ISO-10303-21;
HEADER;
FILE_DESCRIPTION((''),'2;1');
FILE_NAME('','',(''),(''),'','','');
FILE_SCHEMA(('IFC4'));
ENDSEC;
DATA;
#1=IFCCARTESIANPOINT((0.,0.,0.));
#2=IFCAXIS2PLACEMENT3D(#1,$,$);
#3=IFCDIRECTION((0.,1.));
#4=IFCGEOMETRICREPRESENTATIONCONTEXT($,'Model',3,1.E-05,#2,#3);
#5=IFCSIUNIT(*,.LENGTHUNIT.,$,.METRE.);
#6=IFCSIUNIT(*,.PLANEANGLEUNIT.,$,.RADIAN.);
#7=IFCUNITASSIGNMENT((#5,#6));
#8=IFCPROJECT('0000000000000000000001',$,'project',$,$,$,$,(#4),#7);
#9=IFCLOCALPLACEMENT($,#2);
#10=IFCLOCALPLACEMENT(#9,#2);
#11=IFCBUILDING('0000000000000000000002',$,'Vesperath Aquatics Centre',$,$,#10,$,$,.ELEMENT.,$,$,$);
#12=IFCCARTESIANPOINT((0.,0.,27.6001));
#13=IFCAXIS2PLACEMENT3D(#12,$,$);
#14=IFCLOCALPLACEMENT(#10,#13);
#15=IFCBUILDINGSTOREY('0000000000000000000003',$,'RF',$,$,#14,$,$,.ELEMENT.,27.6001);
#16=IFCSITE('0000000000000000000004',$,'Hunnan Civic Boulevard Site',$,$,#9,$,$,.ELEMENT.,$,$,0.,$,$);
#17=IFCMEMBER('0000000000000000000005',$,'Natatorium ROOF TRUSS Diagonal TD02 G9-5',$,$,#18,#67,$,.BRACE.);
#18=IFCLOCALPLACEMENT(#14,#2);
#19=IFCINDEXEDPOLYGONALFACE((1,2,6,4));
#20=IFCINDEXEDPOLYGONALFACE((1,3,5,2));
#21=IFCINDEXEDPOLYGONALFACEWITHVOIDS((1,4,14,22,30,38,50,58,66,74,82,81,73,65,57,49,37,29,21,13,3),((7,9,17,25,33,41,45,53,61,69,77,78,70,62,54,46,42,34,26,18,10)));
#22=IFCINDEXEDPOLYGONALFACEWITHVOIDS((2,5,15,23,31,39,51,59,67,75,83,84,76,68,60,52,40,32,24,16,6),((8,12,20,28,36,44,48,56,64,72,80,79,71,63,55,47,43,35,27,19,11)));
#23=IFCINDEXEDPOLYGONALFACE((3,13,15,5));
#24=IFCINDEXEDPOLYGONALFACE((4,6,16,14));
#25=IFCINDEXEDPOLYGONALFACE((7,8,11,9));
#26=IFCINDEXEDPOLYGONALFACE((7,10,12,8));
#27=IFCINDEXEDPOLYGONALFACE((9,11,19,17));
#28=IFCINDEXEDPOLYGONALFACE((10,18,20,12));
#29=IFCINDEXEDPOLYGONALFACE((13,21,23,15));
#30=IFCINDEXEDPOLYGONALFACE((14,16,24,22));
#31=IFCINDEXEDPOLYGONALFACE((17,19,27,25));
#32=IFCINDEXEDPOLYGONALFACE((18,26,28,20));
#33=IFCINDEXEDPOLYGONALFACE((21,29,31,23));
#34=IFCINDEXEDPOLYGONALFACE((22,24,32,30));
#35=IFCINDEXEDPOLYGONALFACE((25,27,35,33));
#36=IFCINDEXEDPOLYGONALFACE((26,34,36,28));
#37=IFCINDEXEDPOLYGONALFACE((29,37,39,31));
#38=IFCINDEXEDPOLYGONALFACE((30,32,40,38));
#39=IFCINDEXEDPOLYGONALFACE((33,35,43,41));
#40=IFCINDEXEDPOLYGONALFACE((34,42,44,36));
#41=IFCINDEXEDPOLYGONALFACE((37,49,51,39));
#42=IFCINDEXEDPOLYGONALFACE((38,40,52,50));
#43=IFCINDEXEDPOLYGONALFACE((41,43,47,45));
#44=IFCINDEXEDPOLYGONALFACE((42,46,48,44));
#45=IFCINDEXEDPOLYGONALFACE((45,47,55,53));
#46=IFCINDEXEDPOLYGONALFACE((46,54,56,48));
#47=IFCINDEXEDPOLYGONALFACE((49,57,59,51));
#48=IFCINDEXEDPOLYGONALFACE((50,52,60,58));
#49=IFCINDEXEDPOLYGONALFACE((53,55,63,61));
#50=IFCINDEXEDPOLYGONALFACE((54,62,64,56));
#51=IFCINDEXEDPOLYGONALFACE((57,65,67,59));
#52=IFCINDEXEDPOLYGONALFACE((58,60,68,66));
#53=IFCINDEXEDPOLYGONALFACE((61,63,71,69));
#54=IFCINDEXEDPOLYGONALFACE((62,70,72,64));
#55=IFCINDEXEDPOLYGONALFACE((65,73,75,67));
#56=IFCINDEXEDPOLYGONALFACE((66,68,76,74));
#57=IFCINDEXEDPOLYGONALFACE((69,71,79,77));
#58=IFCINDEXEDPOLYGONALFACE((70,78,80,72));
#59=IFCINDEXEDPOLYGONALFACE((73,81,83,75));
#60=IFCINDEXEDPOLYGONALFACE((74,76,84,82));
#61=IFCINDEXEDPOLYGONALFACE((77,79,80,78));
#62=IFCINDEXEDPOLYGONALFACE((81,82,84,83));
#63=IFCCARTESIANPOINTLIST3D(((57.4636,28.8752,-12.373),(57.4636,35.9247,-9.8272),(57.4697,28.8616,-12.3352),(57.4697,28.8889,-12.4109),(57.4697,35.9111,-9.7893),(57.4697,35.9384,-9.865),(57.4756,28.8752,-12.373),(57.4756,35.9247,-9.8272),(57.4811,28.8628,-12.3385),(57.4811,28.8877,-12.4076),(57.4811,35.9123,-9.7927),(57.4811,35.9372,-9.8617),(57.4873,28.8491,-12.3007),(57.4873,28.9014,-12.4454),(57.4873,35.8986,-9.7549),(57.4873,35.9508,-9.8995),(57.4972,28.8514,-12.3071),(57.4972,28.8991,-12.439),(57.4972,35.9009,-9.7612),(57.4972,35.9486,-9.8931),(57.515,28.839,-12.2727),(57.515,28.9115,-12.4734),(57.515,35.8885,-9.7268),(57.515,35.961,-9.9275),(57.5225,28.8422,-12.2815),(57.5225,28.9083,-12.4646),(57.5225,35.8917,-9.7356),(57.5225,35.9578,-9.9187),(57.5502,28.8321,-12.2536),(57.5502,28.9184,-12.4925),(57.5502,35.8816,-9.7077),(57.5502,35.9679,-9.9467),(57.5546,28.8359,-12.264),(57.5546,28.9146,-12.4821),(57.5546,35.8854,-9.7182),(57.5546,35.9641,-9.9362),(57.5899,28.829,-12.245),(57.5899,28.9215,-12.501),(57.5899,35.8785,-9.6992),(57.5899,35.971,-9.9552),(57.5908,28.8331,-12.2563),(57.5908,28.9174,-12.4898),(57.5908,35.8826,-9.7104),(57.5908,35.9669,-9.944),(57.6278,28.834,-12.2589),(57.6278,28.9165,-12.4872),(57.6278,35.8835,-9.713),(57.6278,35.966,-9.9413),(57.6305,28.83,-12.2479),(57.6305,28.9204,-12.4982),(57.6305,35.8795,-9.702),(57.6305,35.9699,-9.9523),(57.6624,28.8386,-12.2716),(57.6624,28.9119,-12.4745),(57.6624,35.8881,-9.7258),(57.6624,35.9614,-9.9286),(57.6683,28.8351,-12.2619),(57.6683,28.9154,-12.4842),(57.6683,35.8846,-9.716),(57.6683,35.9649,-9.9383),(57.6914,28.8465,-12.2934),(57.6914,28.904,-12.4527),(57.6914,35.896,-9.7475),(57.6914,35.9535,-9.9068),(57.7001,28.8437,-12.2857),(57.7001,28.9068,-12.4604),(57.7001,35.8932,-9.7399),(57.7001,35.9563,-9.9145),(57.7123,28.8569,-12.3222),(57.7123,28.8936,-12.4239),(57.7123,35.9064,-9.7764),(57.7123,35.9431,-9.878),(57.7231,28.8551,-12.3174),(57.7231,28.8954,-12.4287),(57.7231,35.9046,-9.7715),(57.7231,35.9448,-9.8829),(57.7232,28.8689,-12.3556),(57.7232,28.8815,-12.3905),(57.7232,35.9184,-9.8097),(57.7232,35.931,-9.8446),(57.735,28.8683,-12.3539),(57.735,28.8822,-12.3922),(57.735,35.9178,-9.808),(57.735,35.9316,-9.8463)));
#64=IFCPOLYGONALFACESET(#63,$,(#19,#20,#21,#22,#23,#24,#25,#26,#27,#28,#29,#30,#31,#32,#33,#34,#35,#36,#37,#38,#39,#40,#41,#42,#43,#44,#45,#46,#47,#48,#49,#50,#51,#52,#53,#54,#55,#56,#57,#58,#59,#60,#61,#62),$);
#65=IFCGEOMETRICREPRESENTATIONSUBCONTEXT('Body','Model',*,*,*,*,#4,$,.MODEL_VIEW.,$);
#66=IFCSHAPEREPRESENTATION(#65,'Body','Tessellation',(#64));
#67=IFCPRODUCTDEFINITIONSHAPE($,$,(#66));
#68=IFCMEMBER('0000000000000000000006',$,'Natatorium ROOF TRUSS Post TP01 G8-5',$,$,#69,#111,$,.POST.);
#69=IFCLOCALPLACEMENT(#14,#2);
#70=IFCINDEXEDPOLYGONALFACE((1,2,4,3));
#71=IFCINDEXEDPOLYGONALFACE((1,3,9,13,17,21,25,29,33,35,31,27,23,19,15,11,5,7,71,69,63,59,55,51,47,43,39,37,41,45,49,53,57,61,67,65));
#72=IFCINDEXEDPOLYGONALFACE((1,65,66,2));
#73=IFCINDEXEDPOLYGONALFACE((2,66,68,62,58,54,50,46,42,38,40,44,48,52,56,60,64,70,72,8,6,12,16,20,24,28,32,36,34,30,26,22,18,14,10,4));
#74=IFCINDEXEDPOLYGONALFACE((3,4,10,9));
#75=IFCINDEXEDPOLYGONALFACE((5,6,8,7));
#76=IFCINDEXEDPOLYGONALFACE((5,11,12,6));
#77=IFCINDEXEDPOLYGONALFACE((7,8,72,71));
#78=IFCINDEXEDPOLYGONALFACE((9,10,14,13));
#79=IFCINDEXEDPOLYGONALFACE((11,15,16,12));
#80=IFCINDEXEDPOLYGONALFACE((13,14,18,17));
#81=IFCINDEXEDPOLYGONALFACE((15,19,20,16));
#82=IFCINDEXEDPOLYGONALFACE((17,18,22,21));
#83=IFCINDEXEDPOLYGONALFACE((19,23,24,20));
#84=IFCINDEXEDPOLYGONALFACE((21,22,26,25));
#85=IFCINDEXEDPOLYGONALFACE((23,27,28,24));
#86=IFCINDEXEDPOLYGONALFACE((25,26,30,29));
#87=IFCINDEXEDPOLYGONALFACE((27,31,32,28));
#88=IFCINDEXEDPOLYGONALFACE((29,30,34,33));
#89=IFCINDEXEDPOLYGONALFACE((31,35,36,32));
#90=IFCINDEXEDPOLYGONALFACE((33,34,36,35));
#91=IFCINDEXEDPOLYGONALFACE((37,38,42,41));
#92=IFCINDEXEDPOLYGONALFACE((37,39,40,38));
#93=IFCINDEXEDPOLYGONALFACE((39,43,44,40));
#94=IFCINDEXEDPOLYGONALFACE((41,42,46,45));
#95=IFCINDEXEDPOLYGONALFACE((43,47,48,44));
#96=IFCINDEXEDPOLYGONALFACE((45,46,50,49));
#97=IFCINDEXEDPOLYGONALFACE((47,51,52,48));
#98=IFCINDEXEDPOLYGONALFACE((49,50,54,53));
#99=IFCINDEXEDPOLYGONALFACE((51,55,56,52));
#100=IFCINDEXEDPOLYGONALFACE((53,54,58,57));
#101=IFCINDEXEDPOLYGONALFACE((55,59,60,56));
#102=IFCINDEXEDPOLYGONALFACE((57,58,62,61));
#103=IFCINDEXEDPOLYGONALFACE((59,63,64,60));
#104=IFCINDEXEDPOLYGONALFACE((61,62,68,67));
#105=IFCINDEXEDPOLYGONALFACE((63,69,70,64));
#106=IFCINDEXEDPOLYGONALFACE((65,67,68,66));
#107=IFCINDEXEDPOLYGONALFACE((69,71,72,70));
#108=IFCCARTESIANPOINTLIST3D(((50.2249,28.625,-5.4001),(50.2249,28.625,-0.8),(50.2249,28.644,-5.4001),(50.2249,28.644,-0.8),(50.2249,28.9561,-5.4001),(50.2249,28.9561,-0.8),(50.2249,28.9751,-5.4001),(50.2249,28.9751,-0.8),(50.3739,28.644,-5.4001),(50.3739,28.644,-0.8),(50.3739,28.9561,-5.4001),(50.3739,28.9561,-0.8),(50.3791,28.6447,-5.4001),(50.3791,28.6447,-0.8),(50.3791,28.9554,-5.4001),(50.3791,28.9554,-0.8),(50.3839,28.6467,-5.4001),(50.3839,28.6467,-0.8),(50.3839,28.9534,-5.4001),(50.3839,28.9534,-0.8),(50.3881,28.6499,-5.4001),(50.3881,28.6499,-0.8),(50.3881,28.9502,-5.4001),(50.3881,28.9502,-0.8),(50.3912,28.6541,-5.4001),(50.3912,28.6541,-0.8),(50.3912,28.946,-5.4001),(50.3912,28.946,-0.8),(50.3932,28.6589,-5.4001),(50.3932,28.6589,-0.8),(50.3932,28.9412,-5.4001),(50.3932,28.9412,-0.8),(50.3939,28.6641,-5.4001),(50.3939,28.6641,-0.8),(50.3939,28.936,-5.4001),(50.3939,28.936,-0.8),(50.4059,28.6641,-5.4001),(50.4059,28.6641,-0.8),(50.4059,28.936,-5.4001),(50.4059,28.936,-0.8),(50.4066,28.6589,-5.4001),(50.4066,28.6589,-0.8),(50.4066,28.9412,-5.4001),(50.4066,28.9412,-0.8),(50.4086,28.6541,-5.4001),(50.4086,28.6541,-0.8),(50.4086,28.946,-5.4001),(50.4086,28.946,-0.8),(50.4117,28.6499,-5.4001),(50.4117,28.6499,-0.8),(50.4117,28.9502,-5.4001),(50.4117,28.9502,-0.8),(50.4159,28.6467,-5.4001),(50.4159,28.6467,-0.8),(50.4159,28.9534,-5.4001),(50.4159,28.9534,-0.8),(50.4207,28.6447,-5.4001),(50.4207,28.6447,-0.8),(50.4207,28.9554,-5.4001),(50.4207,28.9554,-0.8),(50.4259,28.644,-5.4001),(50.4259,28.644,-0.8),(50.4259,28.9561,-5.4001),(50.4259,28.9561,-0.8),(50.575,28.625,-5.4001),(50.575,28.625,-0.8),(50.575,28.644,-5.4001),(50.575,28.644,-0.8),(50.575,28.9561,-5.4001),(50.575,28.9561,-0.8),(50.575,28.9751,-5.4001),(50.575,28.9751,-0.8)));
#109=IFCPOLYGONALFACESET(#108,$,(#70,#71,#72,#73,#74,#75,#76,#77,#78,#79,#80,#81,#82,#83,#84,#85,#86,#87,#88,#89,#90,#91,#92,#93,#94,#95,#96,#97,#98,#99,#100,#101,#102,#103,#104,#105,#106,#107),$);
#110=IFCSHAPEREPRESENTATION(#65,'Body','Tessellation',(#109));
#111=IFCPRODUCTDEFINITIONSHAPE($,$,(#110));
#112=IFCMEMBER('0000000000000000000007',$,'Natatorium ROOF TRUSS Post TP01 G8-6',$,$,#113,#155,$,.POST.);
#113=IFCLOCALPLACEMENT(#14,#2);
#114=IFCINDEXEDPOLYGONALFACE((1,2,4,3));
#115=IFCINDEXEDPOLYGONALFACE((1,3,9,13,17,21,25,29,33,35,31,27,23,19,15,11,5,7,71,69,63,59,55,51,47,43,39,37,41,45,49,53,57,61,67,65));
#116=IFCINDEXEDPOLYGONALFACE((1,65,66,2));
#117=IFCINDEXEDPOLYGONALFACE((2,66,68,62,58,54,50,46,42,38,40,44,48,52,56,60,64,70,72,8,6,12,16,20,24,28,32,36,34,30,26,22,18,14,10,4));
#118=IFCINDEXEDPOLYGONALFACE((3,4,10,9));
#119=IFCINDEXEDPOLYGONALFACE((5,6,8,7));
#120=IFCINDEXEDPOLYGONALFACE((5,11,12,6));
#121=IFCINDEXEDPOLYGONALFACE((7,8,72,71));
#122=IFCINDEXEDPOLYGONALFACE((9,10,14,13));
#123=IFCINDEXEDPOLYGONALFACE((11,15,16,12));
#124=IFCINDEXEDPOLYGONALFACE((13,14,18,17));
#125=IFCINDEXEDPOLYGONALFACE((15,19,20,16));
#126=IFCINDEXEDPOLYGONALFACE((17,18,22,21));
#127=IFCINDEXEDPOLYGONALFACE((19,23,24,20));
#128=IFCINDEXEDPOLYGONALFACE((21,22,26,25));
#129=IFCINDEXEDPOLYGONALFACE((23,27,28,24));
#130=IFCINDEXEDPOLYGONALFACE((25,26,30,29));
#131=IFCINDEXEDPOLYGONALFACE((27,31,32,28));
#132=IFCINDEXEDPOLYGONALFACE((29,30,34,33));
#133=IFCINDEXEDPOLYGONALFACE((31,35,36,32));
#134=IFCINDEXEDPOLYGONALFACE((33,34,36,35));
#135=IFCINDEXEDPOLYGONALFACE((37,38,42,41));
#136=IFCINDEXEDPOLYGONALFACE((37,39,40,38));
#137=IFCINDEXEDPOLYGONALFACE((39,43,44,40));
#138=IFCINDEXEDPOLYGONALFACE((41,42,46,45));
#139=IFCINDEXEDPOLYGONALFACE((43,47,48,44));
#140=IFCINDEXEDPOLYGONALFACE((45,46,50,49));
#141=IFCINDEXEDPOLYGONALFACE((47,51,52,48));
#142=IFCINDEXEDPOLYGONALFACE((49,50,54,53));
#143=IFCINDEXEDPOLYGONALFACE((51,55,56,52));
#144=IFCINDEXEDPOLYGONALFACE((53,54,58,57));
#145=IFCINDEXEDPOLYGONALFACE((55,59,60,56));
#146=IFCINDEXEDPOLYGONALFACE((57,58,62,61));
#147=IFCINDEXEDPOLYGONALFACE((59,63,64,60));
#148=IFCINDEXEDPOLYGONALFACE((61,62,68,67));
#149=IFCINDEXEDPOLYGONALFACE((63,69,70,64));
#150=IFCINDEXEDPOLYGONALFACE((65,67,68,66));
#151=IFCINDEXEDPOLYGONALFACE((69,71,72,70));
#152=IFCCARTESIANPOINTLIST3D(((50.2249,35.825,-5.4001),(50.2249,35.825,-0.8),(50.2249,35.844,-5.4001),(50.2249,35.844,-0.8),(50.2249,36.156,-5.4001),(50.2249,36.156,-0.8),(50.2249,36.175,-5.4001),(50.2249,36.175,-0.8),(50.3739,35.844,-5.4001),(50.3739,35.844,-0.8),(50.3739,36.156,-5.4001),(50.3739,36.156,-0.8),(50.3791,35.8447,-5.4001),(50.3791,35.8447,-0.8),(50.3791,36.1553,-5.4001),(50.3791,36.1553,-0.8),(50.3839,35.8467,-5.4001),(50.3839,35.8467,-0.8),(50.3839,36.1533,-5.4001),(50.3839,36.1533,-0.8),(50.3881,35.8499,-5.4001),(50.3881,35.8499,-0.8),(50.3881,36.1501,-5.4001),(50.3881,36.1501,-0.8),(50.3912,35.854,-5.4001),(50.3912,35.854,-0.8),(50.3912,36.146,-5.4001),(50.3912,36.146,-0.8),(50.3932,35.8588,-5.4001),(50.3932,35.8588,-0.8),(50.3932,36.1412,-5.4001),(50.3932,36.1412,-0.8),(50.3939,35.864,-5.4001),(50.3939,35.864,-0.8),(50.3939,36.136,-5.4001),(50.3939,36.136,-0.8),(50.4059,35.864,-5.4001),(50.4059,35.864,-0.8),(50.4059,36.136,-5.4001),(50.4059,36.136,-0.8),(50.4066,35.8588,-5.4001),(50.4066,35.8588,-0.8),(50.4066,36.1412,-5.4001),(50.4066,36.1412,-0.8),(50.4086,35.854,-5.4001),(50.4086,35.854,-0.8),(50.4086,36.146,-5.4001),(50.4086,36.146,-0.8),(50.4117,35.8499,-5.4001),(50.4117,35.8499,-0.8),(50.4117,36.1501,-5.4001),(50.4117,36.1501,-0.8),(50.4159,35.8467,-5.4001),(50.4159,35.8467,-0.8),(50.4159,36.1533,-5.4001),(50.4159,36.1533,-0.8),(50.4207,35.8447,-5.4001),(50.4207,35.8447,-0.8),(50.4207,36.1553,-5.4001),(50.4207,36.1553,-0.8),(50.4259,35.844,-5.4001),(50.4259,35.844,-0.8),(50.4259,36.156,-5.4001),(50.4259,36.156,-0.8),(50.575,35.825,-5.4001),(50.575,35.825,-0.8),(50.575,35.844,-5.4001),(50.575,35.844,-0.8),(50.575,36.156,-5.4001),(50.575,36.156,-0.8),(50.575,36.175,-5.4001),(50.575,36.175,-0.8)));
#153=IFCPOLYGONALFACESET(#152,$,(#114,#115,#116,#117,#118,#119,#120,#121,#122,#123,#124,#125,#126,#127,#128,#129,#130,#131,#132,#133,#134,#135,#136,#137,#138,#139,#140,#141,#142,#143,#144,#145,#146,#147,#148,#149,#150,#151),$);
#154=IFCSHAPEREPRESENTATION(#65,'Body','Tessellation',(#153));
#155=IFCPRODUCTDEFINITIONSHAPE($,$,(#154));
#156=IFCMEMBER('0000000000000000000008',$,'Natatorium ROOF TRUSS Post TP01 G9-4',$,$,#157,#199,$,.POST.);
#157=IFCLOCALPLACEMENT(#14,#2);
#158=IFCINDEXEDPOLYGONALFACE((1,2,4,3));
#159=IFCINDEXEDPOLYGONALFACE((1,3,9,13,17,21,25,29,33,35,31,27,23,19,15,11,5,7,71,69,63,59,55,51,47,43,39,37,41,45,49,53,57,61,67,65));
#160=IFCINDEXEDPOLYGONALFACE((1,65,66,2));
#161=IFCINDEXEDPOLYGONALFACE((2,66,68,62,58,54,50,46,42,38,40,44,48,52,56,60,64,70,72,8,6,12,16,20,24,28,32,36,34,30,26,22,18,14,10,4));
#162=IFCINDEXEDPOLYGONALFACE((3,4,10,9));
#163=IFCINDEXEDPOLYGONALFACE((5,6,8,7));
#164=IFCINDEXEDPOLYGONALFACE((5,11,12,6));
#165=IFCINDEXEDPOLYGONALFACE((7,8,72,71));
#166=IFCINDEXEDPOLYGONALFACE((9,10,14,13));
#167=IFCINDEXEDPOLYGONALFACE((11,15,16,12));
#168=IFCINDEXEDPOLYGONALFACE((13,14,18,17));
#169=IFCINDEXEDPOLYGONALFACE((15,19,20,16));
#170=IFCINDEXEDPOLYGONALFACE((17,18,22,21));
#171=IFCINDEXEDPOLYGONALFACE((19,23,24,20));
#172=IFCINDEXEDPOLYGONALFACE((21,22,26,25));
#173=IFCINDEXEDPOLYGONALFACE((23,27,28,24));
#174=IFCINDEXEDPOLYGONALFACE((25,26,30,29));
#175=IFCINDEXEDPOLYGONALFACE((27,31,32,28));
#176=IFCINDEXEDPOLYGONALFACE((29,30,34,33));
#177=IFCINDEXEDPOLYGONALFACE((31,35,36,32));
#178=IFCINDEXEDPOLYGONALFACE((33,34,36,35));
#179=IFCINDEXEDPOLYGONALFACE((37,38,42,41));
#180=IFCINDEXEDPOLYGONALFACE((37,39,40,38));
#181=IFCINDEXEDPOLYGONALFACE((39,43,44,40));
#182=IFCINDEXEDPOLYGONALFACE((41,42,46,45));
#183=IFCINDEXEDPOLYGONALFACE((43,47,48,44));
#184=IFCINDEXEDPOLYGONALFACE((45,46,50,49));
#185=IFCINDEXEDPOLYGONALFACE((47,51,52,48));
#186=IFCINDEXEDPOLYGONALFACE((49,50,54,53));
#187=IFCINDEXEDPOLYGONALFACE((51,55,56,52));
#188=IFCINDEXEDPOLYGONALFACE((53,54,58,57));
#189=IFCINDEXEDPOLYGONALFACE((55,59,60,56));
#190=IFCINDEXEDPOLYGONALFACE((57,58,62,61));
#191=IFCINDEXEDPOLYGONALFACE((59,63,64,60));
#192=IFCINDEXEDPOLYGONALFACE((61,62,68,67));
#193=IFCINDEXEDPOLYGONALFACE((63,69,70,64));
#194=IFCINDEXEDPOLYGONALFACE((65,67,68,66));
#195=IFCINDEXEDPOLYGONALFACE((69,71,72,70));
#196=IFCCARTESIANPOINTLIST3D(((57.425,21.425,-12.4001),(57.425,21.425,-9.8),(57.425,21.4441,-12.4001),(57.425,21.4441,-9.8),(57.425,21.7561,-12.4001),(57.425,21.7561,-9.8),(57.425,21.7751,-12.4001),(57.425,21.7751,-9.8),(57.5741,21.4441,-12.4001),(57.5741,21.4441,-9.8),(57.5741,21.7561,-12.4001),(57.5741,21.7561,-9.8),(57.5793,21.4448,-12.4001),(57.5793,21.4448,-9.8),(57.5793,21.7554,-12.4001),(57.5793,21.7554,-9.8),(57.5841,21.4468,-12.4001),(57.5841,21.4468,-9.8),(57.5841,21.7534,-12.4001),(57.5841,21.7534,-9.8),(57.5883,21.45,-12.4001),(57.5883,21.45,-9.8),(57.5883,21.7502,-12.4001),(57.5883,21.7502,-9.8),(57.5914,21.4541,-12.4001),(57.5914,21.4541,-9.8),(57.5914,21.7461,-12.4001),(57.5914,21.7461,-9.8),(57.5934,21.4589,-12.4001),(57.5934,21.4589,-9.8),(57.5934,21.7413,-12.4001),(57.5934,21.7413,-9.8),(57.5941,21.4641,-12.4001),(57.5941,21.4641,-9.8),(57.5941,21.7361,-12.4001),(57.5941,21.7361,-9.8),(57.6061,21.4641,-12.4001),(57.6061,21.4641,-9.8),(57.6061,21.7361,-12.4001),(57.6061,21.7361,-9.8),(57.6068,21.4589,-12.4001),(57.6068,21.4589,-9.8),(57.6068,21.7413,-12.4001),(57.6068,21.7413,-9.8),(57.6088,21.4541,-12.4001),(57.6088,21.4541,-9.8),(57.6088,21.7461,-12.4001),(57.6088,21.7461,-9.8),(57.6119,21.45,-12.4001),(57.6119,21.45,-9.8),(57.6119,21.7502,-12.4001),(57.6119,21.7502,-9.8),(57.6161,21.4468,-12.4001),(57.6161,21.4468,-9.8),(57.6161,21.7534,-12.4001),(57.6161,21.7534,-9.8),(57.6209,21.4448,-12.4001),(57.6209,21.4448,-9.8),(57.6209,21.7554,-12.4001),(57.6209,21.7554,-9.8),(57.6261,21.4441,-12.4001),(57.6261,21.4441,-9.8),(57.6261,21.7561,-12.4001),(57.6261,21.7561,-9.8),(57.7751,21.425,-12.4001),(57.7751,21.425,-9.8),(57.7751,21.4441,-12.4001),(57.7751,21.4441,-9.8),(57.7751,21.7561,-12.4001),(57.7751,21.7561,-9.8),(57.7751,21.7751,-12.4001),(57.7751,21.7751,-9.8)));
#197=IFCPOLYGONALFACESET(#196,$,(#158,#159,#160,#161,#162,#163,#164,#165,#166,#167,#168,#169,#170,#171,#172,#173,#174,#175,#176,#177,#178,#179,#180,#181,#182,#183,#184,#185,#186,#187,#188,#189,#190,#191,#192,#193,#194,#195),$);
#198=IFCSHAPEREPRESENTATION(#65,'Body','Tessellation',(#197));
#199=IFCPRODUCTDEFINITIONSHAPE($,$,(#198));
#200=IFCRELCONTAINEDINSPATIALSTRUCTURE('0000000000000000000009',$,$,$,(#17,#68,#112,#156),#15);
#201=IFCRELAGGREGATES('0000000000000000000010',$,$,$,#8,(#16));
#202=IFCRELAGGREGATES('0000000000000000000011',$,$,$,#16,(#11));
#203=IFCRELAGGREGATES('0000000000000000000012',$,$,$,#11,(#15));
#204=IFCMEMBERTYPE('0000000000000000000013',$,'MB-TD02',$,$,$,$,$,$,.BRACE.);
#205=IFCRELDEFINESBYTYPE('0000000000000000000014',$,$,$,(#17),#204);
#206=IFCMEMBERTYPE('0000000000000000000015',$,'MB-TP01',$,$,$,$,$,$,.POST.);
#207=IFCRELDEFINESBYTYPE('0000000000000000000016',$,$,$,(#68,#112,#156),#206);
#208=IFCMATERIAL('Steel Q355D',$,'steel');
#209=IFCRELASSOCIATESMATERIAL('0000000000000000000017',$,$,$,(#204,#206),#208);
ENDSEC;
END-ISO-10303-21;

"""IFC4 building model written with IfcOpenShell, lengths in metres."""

from ifc_helpers import new_model, si_unit, direction, frame, origin, origin_2d, place, context, subcontext, project, spatial, hollow_circle, i_section, extrude, material, material_profile, profile_set, type_object, element, save


model = new_model("IFC4")

# Units and contexts
model_context = context("Model", 3, precision=1e-05, world=origin(), true_north=direction((0.0, 1.0)))
body_context = subcontext(model_context, "Body", "Model", "MODEL_VIEW")
ifc_project = project(units=[si_unit("LENGTHUNIT", "METRE"), si_unit("PLANEANGLEUNIT", "RADIAN")], contexts=[model_context])

# Site, building, storey
site_placement = place(None, origin())
site = spatial("IfcSite", under=ifc_project, at=site_placement, Name="Hunnan Civic Boulevard Site", CompositionType="ELEMENT", RefElevation=0.0)
building_placement = place(site_placement, origin())
building = spatial("IfcBuilding", under=site, at=building_placement, Name="Vesperath Aquatics Centre", CompositionType="ELEMENT")
storey_placement = place(building_placement, frame((0.0, 0.0, 27.6001)))
storey = spatial("IfcBuildingStorey", under=building, at=storey_placement, Name="RF", CompositionType="ELEMENT", Elevation=27.6001)

# Members
ifc_material_1 = material(Name="Steel Q355D", Category="steel")
ifc_material_profile_1 = material_profile(ifc_material_1, hollow_circle(Radius=0.1365, WallThickness=0.012, at=origin_2d()), Name="CHS 273.0x12")
ifc_profile_set_1 = profile_set([ifc_material_profile_1], Name="Steel Q355D")
member_type_1 = type_object("IfcMemberType", Name="MB-TD02", PredefinedType="BRACE", material=ifc_profile_set_1)
for number, where, z_axis, x_axis, name in (
    (1, (57.6001, 28.8752, -12.373), (0.0, 0.940544, 0.339671), (-1.0, 0.0, 0.0), "Natatorium ROOF TRUSS Diagonal TD02 G9-5"),
):
    element("IfcMember", number, at=place(storey_placement, frame(where, z_axis=z_axis, x_axis=x_axis)), inside=storey, type_object=member_type_1, Name=name, PredefinedType="BRACE", context=body_context, shape_type="SweptSolid", body=[
        extrude(hollow_circle(Radius=0.1365, WallThickness=0.012, at=origin_2d()), origin(), (0.0, 0.0, 1.0), 7.4951),
    ])
ifc_material_profile_2 = material_profile(ifc_material_1, i_section(OverallWidth=0.3501, OverallDepth=0.3501, WebThickness=0.012, FlangeThickness=0.019, FilletRadius=0.02, at=origin_2d()), Name="HW 350x350x12x19")
ifc_profile_set_2 = profile_set([ifc_material_profile_2], Name="Steel Q355D")
member_type_2 = type_object("IfcMemberType", Name="MB-TP01", PredefinedType="POST", material=ifc_profile_set_2)
for number, where, z_axis, x_axis, name in (
    (2, (50.3999, 28.8, -5.4001), (0.0, 0.0, 1.0), (1.0, 0.0, 0.0), "Natatorium ROOF TRUSS Post TP01 G8-5"),
    (3, (50.3999, 36.0, -5.4001), (0.0, 0.0, 1.0), (1.0, 0.0, 0.0), "Natatorium ROOF TRUSS Post TP01 G8-6"),
):
    element("IfcMember", number, at=place(storey_placement, frame(where, z_axis=z_axis, x_axis=x_axis)), inside=storey, type_object=member_type_2, Name=name, PredefinedType="POST", context=body_context, shape_type="SweptSolid", body=[
        extrude(i_section(OverallWidth=0.3501, OverallDepth=0.3501, WebThickness=0.012, FlangeThickness=0.019, FilletRadius=0.02, at=origin_2d()), origin(), (0.0, 0.0, 1.0), 4.6001),
    ])
for number, where, z_axis, x_axis, name in (
    (4, (57.6001, 21.6001, -12.4001), (0.0, 0.0, 1.0), (1.0, 0.0, 0.0), "Natatorium ROOF TRUSS Post TP01 G9-4"),
):
    element("IfcMember", number, at=place(storey_placement, frame(where, z_axis=z_axis, x_axis=x_axis)), inside=storey, type_object=member_type_2, Name=name, PredefinedType="POST", context=body_context, shape_type="SweptSolid", body=[
        extrude(i_section(OverallWidth=0.3501, OverallDepth=0.3501, WebThickness=0.012, FlangeThickness=0.019, FilletRadius=0.02, at=origin_2d()), origin(), (0.0, 0.0, 1.0), 2.6001),
    ])

save(model, "model.ifc")
